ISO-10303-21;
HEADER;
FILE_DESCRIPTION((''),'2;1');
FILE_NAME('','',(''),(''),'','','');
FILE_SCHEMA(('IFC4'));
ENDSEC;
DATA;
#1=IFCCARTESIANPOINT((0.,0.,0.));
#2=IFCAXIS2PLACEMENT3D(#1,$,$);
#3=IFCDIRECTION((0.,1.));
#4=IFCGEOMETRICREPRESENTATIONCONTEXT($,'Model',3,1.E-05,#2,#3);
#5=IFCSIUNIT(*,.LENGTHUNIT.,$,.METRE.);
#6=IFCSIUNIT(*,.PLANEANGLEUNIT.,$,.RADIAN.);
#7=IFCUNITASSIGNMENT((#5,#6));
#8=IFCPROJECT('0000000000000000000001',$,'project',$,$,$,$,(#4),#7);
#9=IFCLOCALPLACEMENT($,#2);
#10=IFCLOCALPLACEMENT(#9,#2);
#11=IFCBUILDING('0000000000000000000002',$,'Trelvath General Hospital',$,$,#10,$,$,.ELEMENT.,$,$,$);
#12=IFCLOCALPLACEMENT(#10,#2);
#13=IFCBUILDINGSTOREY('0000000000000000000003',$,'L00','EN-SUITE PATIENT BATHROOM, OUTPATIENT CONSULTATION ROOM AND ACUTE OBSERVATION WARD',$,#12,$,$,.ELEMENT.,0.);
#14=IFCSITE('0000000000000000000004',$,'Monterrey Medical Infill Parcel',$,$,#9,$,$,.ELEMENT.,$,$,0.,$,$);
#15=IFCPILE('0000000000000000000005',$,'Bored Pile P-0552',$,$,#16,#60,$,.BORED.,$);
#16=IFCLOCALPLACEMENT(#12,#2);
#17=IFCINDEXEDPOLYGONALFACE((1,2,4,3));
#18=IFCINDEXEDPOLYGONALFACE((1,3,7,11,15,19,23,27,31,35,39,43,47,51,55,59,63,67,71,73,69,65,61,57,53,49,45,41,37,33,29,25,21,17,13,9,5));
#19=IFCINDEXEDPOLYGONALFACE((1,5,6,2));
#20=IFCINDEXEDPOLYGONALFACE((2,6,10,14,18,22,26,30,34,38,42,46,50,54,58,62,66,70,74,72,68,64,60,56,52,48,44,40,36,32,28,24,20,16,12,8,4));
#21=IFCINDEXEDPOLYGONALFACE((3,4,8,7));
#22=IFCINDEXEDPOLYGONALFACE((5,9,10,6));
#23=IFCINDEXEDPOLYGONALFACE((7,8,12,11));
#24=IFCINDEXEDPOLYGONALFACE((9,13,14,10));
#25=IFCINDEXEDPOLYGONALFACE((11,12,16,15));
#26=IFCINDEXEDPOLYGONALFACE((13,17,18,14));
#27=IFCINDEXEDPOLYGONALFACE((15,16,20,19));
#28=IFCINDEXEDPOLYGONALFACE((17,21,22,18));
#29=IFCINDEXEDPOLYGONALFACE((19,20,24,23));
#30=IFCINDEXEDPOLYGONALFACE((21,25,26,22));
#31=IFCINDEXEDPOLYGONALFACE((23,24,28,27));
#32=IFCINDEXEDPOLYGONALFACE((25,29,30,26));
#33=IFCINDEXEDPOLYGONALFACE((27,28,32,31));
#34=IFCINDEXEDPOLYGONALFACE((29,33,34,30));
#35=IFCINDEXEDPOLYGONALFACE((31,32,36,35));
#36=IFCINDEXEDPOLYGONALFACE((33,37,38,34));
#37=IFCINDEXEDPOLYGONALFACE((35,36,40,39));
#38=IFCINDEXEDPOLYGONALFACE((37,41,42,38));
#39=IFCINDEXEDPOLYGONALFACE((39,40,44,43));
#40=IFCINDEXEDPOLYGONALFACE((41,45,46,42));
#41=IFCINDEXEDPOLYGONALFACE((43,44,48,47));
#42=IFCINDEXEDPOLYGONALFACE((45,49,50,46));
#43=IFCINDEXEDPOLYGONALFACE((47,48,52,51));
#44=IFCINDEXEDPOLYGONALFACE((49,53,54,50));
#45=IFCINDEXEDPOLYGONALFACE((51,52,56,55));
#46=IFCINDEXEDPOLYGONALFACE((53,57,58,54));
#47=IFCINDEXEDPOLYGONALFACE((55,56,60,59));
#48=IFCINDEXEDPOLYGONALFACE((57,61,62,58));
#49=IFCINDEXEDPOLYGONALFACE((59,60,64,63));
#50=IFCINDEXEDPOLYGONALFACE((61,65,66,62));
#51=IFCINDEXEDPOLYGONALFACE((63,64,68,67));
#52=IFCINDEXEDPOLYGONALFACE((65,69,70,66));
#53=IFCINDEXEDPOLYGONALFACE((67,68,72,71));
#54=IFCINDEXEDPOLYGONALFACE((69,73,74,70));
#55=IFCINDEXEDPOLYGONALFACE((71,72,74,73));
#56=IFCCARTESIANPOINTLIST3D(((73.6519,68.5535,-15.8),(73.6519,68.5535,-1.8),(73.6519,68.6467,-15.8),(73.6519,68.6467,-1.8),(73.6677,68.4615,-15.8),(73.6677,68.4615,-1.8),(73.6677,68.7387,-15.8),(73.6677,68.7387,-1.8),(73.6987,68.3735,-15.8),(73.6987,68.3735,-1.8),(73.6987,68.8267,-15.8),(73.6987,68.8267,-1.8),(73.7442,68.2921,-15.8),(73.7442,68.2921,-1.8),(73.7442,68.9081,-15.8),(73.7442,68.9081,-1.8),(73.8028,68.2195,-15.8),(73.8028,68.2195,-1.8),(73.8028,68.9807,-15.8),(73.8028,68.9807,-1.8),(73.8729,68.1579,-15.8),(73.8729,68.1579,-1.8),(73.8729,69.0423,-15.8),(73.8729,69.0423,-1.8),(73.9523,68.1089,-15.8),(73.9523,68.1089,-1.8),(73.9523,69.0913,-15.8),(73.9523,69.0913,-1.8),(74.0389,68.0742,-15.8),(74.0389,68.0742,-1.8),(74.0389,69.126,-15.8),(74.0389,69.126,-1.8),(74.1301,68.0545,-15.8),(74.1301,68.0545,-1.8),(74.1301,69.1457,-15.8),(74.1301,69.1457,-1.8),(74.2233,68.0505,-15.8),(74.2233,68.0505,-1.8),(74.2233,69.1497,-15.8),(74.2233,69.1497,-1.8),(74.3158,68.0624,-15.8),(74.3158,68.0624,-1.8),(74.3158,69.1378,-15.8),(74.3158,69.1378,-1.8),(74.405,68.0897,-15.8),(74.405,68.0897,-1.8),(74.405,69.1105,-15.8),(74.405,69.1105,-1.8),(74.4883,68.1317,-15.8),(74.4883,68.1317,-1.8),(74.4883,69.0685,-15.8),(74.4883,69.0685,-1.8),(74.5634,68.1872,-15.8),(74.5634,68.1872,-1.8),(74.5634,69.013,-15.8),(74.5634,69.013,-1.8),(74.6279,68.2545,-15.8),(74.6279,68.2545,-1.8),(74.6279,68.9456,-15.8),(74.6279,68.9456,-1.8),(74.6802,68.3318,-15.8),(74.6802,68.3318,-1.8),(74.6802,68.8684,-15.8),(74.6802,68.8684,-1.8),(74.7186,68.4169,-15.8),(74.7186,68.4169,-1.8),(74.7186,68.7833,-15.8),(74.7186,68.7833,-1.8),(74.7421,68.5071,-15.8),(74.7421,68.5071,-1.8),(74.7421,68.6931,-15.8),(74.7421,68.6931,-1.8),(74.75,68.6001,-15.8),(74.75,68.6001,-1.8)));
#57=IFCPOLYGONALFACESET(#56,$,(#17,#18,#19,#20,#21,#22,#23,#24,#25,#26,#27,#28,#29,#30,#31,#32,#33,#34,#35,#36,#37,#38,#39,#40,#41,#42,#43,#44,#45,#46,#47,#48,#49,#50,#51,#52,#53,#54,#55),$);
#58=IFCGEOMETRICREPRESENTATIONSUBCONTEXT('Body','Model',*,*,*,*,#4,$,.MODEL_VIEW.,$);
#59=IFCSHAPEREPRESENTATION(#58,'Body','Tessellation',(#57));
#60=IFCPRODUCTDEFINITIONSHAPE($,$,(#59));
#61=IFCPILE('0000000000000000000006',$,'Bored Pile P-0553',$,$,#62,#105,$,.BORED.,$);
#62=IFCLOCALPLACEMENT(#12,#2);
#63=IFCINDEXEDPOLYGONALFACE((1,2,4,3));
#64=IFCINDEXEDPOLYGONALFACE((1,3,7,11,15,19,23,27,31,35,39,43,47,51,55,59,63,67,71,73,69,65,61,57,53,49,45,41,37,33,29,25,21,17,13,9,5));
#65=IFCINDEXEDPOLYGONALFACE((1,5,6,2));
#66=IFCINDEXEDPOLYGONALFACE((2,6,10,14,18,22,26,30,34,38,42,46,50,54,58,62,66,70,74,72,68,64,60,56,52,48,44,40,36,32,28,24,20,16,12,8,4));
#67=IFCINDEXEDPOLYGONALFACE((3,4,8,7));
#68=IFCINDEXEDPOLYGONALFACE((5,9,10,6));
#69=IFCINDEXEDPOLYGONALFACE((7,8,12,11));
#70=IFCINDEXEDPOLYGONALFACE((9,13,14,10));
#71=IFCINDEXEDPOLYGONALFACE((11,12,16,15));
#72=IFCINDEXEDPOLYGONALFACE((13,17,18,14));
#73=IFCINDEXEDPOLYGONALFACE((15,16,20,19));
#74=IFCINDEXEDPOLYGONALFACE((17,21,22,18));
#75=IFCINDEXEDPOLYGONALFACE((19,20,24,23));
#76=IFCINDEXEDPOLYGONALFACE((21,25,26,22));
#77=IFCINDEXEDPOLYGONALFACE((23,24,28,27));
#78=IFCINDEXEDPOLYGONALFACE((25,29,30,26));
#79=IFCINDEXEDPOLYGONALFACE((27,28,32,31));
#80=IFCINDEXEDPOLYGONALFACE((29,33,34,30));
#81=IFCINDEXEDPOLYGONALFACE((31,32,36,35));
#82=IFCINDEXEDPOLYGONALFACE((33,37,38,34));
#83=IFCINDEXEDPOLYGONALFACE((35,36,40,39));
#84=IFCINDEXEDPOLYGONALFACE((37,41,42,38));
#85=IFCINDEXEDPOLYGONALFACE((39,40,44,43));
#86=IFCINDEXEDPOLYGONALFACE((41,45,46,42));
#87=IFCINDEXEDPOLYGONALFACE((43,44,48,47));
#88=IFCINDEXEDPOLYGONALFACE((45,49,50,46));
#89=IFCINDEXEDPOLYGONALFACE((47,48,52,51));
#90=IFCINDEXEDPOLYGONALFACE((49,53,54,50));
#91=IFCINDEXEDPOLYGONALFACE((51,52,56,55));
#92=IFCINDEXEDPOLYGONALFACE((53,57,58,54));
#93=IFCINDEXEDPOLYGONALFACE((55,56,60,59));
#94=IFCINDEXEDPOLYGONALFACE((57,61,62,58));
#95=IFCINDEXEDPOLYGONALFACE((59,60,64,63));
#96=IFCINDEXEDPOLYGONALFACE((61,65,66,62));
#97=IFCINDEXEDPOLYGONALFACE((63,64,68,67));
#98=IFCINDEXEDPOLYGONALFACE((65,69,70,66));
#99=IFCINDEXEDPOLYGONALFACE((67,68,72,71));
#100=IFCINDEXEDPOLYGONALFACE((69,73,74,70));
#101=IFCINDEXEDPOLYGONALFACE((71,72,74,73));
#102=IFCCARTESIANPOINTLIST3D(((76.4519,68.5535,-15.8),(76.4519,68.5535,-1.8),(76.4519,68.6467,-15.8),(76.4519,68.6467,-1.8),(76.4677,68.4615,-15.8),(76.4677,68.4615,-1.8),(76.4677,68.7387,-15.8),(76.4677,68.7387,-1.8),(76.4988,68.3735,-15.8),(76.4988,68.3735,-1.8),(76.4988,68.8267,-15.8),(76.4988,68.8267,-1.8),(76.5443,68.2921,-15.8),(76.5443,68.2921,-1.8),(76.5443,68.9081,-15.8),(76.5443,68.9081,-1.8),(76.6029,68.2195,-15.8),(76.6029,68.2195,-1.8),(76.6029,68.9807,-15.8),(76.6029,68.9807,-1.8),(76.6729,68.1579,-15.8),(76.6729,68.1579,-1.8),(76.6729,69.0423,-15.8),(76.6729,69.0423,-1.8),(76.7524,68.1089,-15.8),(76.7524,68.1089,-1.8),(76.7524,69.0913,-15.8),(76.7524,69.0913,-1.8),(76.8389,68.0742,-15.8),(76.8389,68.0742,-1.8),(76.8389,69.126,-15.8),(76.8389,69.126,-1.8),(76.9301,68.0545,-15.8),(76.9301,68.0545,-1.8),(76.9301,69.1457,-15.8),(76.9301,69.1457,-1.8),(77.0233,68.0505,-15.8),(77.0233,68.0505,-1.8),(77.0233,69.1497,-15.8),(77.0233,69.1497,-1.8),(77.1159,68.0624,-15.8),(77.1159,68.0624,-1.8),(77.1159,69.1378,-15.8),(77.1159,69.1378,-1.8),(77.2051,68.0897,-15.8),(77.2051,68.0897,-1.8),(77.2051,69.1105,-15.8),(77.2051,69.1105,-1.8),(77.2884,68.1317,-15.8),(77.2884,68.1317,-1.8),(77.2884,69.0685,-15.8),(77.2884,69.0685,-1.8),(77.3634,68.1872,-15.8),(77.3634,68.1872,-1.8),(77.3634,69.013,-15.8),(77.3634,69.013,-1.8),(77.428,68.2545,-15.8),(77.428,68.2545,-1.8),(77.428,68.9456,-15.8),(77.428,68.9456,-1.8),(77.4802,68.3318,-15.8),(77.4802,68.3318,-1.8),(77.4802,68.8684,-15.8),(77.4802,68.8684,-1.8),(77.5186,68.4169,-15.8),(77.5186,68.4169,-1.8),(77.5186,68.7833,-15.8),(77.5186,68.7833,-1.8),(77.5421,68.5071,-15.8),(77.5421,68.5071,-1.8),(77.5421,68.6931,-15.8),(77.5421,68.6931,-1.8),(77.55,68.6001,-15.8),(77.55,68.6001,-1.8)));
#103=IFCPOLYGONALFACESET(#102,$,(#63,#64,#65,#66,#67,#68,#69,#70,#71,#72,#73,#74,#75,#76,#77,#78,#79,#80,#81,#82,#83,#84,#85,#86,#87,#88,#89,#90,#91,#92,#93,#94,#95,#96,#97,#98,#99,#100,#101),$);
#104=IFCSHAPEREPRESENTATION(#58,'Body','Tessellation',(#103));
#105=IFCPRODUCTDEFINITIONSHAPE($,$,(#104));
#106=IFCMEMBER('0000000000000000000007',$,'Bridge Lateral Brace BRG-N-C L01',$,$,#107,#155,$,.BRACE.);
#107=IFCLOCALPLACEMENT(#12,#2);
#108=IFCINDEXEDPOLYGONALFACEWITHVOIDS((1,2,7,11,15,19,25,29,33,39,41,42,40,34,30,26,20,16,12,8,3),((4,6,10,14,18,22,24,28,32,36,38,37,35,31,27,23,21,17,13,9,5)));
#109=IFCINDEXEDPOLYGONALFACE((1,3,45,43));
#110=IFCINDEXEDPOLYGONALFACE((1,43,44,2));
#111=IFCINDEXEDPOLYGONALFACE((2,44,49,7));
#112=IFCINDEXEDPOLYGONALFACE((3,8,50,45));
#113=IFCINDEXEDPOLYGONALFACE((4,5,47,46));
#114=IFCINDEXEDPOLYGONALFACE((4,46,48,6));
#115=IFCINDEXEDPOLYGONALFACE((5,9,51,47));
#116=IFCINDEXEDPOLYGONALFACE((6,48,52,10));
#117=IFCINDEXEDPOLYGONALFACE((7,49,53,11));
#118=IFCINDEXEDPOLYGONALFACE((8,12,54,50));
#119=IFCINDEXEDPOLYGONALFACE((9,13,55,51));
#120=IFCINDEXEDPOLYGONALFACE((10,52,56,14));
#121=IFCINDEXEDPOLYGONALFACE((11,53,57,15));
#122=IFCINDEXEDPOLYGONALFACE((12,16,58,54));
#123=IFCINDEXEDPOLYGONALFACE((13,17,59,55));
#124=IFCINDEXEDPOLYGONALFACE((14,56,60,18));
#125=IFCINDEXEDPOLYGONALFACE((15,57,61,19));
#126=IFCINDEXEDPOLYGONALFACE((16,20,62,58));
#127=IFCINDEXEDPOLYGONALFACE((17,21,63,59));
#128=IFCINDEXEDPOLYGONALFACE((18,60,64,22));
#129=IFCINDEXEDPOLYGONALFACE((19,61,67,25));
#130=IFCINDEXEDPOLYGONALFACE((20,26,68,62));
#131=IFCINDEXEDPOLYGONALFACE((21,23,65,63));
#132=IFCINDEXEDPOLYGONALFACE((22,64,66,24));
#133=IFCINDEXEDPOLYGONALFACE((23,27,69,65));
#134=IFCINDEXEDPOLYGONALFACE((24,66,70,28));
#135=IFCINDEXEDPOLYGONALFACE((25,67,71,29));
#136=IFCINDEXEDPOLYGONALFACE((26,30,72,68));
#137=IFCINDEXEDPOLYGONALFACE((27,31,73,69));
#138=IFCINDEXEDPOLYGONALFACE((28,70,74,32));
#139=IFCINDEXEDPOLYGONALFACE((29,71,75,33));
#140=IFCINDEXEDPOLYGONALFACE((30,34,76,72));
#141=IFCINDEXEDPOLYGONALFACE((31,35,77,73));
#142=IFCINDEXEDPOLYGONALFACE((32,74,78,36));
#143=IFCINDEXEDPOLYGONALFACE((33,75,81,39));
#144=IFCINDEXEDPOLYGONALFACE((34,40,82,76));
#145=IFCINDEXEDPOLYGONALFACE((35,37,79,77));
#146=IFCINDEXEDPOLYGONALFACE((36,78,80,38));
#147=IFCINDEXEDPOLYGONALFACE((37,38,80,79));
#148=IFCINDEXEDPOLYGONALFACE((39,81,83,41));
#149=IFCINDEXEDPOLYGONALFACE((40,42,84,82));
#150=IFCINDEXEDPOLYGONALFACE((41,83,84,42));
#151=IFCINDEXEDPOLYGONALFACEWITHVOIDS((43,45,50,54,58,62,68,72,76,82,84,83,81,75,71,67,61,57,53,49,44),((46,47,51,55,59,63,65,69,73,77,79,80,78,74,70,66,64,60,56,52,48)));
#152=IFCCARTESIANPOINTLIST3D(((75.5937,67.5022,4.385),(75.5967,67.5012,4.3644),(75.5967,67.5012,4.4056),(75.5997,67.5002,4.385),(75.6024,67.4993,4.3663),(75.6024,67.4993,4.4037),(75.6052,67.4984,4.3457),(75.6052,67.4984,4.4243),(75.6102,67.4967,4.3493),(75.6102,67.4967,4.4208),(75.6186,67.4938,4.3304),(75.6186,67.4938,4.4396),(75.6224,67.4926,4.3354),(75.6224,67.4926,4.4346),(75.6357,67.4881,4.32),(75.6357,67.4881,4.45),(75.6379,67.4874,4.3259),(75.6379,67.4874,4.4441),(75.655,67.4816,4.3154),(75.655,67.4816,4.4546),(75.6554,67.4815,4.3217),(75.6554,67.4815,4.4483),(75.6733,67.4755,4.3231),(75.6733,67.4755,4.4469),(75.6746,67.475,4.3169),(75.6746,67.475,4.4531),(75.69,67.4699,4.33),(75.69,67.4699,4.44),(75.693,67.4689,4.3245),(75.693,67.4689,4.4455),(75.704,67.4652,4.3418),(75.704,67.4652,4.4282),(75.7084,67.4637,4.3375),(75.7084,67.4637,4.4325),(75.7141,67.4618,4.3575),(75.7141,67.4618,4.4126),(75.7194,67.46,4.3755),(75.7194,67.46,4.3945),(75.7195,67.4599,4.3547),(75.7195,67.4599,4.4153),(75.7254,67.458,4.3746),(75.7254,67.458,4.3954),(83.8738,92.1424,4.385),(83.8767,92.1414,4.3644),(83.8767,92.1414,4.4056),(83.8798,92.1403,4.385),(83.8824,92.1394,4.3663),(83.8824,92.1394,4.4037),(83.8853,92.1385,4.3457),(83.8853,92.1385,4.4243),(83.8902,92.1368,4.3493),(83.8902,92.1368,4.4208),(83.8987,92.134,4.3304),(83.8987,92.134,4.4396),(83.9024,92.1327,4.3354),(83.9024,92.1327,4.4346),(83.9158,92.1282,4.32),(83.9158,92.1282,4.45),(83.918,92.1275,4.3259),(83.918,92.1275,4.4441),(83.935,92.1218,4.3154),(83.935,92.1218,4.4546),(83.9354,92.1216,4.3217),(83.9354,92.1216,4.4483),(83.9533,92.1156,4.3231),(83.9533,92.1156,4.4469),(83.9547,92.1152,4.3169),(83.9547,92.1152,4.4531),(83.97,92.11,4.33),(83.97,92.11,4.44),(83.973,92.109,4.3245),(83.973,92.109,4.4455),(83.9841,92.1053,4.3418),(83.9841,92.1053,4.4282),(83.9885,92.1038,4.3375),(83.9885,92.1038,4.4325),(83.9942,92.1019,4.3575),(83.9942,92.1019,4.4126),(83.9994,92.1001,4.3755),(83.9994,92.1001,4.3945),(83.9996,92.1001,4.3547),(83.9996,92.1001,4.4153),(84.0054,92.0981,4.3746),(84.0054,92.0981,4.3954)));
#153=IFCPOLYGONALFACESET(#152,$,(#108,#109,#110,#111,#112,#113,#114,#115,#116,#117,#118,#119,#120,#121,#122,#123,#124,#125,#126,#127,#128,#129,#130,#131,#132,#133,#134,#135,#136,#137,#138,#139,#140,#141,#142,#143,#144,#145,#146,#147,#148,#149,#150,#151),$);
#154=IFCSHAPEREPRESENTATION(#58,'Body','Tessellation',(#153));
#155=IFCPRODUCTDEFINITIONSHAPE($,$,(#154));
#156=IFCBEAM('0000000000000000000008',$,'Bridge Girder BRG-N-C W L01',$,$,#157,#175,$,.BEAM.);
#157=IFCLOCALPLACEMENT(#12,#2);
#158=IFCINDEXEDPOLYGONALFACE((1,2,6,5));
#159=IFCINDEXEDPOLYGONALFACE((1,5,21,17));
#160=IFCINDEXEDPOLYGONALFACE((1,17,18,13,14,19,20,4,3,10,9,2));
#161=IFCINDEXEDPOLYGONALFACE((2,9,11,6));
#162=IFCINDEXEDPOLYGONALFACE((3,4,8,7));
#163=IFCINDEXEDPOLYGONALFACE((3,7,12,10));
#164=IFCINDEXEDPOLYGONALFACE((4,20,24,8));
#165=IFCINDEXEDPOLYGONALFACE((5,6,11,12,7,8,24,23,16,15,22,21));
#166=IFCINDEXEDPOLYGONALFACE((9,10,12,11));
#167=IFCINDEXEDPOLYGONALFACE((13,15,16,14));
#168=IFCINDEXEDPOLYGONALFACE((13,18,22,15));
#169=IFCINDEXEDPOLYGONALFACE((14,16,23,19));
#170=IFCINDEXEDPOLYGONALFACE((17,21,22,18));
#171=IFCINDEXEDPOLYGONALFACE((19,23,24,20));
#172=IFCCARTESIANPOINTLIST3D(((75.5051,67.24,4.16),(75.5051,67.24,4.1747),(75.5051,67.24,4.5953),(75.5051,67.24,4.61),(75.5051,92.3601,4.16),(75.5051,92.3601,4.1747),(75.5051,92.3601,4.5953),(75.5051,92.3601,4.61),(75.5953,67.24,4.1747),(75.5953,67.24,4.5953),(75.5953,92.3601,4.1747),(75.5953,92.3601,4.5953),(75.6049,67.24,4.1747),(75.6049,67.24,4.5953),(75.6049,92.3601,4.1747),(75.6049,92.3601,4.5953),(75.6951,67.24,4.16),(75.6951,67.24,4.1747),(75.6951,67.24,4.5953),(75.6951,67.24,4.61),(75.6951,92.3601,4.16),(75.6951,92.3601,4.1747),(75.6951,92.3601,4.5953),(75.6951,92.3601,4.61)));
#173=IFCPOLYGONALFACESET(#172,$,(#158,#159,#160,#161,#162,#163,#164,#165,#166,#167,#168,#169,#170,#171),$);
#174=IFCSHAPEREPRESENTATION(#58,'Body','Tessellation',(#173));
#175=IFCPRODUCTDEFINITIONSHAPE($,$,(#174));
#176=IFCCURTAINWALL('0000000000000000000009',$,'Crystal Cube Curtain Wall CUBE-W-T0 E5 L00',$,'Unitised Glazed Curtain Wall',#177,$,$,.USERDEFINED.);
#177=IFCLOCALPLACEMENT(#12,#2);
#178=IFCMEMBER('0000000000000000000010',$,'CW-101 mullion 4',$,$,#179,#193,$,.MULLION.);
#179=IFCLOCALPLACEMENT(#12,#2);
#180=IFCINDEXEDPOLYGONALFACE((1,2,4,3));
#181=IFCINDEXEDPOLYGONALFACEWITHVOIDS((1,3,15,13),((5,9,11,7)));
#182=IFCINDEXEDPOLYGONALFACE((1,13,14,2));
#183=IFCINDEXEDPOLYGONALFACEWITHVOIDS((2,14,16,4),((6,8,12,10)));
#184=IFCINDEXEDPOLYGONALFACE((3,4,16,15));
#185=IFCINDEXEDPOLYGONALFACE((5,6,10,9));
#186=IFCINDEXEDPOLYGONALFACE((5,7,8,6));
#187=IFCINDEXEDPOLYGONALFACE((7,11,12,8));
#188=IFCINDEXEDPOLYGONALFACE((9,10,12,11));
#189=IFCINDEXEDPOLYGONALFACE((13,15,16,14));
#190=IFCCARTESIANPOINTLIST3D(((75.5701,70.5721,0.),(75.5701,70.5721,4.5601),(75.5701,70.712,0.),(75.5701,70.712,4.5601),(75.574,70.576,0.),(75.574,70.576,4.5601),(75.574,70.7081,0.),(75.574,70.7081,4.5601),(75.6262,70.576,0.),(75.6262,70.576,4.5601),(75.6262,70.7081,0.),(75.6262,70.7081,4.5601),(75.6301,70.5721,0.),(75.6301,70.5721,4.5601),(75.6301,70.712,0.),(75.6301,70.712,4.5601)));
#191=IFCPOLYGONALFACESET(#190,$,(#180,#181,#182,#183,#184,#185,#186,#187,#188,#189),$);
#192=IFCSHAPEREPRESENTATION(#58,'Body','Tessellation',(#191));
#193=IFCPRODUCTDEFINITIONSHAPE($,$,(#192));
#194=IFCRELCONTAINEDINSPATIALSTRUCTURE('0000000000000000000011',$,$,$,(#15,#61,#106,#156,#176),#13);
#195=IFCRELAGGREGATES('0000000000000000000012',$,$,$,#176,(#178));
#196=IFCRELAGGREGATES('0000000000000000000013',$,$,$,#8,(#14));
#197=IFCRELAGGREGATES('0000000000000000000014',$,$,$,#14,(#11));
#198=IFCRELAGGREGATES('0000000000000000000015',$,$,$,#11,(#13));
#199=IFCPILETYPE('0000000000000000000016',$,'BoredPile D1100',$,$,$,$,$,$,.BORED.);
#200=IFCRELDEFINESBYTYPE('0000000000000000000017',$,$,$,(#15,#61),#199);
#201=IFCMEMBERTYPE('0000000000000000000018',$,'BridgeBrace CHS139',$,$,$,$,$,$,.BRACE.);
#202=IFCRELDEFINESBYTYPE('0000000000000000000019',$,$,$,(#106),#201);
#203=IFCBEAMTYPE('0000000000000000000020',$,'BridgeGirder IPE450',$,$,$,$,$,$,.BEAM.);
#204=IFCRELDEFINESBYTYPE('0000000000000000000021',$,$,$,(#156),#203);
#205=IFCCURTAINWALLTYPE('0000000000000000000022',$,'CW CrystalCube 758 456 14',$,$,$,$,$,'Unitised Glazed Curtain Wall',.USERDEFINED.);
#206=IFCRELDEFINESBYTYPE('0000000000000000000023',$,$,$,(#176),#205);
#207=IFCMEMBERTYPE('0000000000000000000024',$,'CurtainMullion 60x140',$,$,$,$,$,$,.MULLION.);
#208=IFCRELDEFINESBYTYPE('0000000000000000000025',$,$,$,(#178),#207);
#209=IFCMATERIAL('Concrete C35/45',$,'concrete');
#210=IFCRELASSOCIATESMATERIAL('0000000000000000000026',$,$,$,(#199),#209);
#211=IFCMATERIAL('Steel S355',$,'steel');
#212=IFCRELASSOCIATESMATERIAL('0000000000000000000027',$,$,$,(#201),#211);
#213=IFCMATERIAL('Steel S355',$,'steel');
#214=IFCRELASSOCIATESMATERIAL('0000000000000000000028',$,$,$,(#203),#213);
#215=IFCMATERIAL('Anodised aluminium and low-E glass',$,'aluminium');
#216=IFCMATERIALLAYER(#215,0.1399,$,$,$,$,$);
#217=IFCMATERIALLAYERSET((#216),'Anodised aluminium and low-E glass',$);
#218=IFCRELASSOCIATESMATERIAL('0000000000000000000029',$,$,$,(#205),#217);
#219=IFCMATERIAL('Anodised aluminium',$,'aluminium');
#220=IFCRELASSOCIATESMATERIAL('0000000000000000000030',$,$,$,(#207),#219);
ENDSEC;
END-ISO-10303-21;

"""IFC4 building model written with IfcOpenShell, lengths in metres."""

from ifc_helpers import new_model, si_unit, direction, frame, origin, origin_2d, place, context, subcontext, project, spatial, hollow_rectangle, circle, hollow_circle, i_section, extrude, material, layer, layer_set, material_profile, profile_set, type_object, element, aggregate, save


model = new_model("IFC4")

# Units and contexts
model_context = context("Model", 3, precision=1e-05, world=origin(), true_north=direction((0.0, 1.0)))
body_context = subcontext(model_context, "Body", "Model", "MODEL_VIEW")
ifc_project = project(units=[si_unit("LENGTHUNIT", "METRE"), si_unit("PLANEANGLEUNIT", "RADIAN")], contexts=[model_context])

# Site, building, storey
site_placement = place(None, origin())
site = spatial("IfcSite", under=ifc_project, at=site_placement, Name="Monterrey Medical Infill Parcel", CompositionType="ELEMENT", RefElevation=0.0)
building_placement = place(site_placement, origin())
building = spatial("IfcBuilding", under=site, at=building_placement, Name="Trelvath General Hospital", CompositionType="ELEMENT")
storey_placement = place(building_placement, origin())
storey = spatial("IfcBuildingStorey", under=building, at=storey_placement, Name="L00", Description="EN-SUITE PATIENT BATHROOM, OUTPATIENT CONSULTATION ROOM AND ACUTE OBSERVATION WARD", CompositionType="ELEMENT", Elevation=0.0)

# Piles
ifc_material_1 = material(Name="Concrete C35/45", Category="concrete")
ifc_material_profile_1 = material_profile(ifc_material_1, circle(Radius=0.55, at=origin_2d()), Name="PILE1100")
ifc_profile_set_1 = profile_set([ifc_material_profile_1], Name="Concrete C35/45")
pile_type = type_object("IfcPileType", Name="BoredPile D1100", PredefinedType="BORED", material=ifc_profile_set_1)
for number, where, z_axis, x_axis, name in (
    (1, (74.2, 68.6001, -1.8), (0.0, 0.0, -1.0), (1.0, 0.0, 0.0), "Bored Pile P-0552"),
    (2, (77.0, 68.6001, -1.8), (0.0, 0.0, -1.0), (1.0, 0.0, 0.0), "Bored Pile P-0553"),
):
    element("IfcPile", number, at=place(storey_placement, frame(where, z_axis=z_axis, x_axis=x_axis)), inside=storey, type_object=pile_type, Name=name, PredefinedType="BORED", context=body_context, shape_type="SweptSolid", body=[
        extrude(circle(Radius=0.55, at=origin_2d()), origin(), (0.0, 0.0, 1.0), 14.0),
    ])

# Member
ifc_material_2 = material(Name="Steel S355", Category="steel")
ifc_material_profile_2 = material_profile(ifc_material_2, hollow_circle(Radius=0.0698, WallThickness=0.0063, at=origin_2d()), Name="CHS139.7x6.3")
ifc_profile_set_2 = profile_set([ifc_material_profile_2], Name="Steel S355")
member_type_1 = type_object("IfcMemberType", Name="BridgeBrace CHS139", PredefinedType="BRACE", material=ifc_profile_set_2)
member_1_placement = place(storey_placement, frame((75.6599, 67.48, 4.385), z_axis=(0.318534, 0.947911, 0.0), x_axis=(-0.947911, 0.318534, 0.0)))
element("IfcMember", 3, at=member_1_placement, inside=storey, type_object=member_type_1, Name="Bridge Lateral Brace BRG-N-C L01", PredefinedType="BRACE", context=body_context, shape_type="SweptSolid", body=[
    extrude(hollow_circle(Radius=0.0698, WallThickness=0.0063, at=origin_2d()), origin(), (0.0, 0.0, 1.0), 25.9941),
])

# Beam
ifc_material_3 = material(Name="Steel S355", Category="steel")
ifc_material_profile_3 = material_profile(ifc_material_3, i_section(OverallWidth=0.1899, OverallDepth=0.45, WebThickness=0.0095, FlangeThickness=0.0146, at=origin_2d()), Name="IPE450")
ifc_profile_set_3 = profile_set([ifc_material_profile_3], Name="Steel S355")
beam_type = type_object("IfcBeamType", Name="BridgeGirder IPE450", PredefinedType="BEAM", material=ifc_profile_set_3)
beam_placement = place(storey_placement, frame((75.6001, 67.24, 4.385), z_axis=(0.0, 1.0, 0.0), x_axis=(-1.0, 0.0, 0.0)))
element("IfcBeam", 4, at=beam_placement, inside=storey, type_object=beam_type, Name="Bridge Girder BRG-N-C W L01", PredefinedType="BEAM", context=body_context, shape_type="SweptSolid", body=[
    extrude(i_section(OverallWidth=0.1899, OverallDepth=0.45, WebThickness=0.0095, FlangeThickness=0.0146, at=origin_2d()), origin(), (0.0, 0.0, 1.0), 25.1201),
])

# Curtain wall, member
ifc_material_4 = material(Name="Anodised aluminium and low-E glass", Category="aluminium")
ifc_layer_1 = layer(ifc_material_4, 0.1399)
ifc_layer_set_1 = layer_set([ifc_layer_1], Name="Anodised aluminium and low-E glass")
curtain_wall_type = type_object("IfcCurtainWallType", Name="CW CrystalCube 758 456 14", ElementType="Unitised Glazed Curtain Wall", PredefinedType="USERDEFINED", material=ifc_layer_set_1)
curtain_wall_placement = place(storey_placement, origin())
curtain_wall = element("IfcCurtainWall", 5, at=curtain_wall_placement, inside=storey, type_object=curtain_wall_type, Name="Crystal Cube Curtain Wall CUBE-W-T0 E5 L00", ObjectType="Unitised Glazed Curtain Wall", PredefinedType="USERDEFINED")
ifc_material_5 = material(Name="Anodised aluminium", Category="aluminium")
ifc_material_profile_4 = material_profile(ifc_material_5, hollow_rectangle(XDim=0.0601, YDim=0.1399, WallThickness=0.0039, at=origin_2d()), Name="RHS60x140x4")
ifc_profile_set_4 = profile_set([ifc_material_profile_4], Name="Anodised aluminium")
member_type_2 = type_object("IfcMemberType", Name="CurtainMullion 60x140", PredefinedType="MULLION", material=ifc_profile_set_4)
member_2_placement = place(storey_placement, frame((75.6001, 70.6421, 0.0), z_axis=(0.0, 0.0, 1.0), x_axis=(1.0, 0.0, 0.0)))
member_2 = element("IfcMember", 6, at=member_2_placement, type_object=member_type_2, Name="CW-101 mullion 4", PredefinedType="MULLION", context=body_context, shape_type="SweptSolid", body=[
    extrude(hollow_rectangle(XDim=0.0601, YDim=0.1399, WallThickness=0.0039, at=origin_2d()), origin(), (0.0, 0.0, 1.0), 4.5601),
])

aggregate(curtain_wall, [member_2])

save(model, "model.ifc")
